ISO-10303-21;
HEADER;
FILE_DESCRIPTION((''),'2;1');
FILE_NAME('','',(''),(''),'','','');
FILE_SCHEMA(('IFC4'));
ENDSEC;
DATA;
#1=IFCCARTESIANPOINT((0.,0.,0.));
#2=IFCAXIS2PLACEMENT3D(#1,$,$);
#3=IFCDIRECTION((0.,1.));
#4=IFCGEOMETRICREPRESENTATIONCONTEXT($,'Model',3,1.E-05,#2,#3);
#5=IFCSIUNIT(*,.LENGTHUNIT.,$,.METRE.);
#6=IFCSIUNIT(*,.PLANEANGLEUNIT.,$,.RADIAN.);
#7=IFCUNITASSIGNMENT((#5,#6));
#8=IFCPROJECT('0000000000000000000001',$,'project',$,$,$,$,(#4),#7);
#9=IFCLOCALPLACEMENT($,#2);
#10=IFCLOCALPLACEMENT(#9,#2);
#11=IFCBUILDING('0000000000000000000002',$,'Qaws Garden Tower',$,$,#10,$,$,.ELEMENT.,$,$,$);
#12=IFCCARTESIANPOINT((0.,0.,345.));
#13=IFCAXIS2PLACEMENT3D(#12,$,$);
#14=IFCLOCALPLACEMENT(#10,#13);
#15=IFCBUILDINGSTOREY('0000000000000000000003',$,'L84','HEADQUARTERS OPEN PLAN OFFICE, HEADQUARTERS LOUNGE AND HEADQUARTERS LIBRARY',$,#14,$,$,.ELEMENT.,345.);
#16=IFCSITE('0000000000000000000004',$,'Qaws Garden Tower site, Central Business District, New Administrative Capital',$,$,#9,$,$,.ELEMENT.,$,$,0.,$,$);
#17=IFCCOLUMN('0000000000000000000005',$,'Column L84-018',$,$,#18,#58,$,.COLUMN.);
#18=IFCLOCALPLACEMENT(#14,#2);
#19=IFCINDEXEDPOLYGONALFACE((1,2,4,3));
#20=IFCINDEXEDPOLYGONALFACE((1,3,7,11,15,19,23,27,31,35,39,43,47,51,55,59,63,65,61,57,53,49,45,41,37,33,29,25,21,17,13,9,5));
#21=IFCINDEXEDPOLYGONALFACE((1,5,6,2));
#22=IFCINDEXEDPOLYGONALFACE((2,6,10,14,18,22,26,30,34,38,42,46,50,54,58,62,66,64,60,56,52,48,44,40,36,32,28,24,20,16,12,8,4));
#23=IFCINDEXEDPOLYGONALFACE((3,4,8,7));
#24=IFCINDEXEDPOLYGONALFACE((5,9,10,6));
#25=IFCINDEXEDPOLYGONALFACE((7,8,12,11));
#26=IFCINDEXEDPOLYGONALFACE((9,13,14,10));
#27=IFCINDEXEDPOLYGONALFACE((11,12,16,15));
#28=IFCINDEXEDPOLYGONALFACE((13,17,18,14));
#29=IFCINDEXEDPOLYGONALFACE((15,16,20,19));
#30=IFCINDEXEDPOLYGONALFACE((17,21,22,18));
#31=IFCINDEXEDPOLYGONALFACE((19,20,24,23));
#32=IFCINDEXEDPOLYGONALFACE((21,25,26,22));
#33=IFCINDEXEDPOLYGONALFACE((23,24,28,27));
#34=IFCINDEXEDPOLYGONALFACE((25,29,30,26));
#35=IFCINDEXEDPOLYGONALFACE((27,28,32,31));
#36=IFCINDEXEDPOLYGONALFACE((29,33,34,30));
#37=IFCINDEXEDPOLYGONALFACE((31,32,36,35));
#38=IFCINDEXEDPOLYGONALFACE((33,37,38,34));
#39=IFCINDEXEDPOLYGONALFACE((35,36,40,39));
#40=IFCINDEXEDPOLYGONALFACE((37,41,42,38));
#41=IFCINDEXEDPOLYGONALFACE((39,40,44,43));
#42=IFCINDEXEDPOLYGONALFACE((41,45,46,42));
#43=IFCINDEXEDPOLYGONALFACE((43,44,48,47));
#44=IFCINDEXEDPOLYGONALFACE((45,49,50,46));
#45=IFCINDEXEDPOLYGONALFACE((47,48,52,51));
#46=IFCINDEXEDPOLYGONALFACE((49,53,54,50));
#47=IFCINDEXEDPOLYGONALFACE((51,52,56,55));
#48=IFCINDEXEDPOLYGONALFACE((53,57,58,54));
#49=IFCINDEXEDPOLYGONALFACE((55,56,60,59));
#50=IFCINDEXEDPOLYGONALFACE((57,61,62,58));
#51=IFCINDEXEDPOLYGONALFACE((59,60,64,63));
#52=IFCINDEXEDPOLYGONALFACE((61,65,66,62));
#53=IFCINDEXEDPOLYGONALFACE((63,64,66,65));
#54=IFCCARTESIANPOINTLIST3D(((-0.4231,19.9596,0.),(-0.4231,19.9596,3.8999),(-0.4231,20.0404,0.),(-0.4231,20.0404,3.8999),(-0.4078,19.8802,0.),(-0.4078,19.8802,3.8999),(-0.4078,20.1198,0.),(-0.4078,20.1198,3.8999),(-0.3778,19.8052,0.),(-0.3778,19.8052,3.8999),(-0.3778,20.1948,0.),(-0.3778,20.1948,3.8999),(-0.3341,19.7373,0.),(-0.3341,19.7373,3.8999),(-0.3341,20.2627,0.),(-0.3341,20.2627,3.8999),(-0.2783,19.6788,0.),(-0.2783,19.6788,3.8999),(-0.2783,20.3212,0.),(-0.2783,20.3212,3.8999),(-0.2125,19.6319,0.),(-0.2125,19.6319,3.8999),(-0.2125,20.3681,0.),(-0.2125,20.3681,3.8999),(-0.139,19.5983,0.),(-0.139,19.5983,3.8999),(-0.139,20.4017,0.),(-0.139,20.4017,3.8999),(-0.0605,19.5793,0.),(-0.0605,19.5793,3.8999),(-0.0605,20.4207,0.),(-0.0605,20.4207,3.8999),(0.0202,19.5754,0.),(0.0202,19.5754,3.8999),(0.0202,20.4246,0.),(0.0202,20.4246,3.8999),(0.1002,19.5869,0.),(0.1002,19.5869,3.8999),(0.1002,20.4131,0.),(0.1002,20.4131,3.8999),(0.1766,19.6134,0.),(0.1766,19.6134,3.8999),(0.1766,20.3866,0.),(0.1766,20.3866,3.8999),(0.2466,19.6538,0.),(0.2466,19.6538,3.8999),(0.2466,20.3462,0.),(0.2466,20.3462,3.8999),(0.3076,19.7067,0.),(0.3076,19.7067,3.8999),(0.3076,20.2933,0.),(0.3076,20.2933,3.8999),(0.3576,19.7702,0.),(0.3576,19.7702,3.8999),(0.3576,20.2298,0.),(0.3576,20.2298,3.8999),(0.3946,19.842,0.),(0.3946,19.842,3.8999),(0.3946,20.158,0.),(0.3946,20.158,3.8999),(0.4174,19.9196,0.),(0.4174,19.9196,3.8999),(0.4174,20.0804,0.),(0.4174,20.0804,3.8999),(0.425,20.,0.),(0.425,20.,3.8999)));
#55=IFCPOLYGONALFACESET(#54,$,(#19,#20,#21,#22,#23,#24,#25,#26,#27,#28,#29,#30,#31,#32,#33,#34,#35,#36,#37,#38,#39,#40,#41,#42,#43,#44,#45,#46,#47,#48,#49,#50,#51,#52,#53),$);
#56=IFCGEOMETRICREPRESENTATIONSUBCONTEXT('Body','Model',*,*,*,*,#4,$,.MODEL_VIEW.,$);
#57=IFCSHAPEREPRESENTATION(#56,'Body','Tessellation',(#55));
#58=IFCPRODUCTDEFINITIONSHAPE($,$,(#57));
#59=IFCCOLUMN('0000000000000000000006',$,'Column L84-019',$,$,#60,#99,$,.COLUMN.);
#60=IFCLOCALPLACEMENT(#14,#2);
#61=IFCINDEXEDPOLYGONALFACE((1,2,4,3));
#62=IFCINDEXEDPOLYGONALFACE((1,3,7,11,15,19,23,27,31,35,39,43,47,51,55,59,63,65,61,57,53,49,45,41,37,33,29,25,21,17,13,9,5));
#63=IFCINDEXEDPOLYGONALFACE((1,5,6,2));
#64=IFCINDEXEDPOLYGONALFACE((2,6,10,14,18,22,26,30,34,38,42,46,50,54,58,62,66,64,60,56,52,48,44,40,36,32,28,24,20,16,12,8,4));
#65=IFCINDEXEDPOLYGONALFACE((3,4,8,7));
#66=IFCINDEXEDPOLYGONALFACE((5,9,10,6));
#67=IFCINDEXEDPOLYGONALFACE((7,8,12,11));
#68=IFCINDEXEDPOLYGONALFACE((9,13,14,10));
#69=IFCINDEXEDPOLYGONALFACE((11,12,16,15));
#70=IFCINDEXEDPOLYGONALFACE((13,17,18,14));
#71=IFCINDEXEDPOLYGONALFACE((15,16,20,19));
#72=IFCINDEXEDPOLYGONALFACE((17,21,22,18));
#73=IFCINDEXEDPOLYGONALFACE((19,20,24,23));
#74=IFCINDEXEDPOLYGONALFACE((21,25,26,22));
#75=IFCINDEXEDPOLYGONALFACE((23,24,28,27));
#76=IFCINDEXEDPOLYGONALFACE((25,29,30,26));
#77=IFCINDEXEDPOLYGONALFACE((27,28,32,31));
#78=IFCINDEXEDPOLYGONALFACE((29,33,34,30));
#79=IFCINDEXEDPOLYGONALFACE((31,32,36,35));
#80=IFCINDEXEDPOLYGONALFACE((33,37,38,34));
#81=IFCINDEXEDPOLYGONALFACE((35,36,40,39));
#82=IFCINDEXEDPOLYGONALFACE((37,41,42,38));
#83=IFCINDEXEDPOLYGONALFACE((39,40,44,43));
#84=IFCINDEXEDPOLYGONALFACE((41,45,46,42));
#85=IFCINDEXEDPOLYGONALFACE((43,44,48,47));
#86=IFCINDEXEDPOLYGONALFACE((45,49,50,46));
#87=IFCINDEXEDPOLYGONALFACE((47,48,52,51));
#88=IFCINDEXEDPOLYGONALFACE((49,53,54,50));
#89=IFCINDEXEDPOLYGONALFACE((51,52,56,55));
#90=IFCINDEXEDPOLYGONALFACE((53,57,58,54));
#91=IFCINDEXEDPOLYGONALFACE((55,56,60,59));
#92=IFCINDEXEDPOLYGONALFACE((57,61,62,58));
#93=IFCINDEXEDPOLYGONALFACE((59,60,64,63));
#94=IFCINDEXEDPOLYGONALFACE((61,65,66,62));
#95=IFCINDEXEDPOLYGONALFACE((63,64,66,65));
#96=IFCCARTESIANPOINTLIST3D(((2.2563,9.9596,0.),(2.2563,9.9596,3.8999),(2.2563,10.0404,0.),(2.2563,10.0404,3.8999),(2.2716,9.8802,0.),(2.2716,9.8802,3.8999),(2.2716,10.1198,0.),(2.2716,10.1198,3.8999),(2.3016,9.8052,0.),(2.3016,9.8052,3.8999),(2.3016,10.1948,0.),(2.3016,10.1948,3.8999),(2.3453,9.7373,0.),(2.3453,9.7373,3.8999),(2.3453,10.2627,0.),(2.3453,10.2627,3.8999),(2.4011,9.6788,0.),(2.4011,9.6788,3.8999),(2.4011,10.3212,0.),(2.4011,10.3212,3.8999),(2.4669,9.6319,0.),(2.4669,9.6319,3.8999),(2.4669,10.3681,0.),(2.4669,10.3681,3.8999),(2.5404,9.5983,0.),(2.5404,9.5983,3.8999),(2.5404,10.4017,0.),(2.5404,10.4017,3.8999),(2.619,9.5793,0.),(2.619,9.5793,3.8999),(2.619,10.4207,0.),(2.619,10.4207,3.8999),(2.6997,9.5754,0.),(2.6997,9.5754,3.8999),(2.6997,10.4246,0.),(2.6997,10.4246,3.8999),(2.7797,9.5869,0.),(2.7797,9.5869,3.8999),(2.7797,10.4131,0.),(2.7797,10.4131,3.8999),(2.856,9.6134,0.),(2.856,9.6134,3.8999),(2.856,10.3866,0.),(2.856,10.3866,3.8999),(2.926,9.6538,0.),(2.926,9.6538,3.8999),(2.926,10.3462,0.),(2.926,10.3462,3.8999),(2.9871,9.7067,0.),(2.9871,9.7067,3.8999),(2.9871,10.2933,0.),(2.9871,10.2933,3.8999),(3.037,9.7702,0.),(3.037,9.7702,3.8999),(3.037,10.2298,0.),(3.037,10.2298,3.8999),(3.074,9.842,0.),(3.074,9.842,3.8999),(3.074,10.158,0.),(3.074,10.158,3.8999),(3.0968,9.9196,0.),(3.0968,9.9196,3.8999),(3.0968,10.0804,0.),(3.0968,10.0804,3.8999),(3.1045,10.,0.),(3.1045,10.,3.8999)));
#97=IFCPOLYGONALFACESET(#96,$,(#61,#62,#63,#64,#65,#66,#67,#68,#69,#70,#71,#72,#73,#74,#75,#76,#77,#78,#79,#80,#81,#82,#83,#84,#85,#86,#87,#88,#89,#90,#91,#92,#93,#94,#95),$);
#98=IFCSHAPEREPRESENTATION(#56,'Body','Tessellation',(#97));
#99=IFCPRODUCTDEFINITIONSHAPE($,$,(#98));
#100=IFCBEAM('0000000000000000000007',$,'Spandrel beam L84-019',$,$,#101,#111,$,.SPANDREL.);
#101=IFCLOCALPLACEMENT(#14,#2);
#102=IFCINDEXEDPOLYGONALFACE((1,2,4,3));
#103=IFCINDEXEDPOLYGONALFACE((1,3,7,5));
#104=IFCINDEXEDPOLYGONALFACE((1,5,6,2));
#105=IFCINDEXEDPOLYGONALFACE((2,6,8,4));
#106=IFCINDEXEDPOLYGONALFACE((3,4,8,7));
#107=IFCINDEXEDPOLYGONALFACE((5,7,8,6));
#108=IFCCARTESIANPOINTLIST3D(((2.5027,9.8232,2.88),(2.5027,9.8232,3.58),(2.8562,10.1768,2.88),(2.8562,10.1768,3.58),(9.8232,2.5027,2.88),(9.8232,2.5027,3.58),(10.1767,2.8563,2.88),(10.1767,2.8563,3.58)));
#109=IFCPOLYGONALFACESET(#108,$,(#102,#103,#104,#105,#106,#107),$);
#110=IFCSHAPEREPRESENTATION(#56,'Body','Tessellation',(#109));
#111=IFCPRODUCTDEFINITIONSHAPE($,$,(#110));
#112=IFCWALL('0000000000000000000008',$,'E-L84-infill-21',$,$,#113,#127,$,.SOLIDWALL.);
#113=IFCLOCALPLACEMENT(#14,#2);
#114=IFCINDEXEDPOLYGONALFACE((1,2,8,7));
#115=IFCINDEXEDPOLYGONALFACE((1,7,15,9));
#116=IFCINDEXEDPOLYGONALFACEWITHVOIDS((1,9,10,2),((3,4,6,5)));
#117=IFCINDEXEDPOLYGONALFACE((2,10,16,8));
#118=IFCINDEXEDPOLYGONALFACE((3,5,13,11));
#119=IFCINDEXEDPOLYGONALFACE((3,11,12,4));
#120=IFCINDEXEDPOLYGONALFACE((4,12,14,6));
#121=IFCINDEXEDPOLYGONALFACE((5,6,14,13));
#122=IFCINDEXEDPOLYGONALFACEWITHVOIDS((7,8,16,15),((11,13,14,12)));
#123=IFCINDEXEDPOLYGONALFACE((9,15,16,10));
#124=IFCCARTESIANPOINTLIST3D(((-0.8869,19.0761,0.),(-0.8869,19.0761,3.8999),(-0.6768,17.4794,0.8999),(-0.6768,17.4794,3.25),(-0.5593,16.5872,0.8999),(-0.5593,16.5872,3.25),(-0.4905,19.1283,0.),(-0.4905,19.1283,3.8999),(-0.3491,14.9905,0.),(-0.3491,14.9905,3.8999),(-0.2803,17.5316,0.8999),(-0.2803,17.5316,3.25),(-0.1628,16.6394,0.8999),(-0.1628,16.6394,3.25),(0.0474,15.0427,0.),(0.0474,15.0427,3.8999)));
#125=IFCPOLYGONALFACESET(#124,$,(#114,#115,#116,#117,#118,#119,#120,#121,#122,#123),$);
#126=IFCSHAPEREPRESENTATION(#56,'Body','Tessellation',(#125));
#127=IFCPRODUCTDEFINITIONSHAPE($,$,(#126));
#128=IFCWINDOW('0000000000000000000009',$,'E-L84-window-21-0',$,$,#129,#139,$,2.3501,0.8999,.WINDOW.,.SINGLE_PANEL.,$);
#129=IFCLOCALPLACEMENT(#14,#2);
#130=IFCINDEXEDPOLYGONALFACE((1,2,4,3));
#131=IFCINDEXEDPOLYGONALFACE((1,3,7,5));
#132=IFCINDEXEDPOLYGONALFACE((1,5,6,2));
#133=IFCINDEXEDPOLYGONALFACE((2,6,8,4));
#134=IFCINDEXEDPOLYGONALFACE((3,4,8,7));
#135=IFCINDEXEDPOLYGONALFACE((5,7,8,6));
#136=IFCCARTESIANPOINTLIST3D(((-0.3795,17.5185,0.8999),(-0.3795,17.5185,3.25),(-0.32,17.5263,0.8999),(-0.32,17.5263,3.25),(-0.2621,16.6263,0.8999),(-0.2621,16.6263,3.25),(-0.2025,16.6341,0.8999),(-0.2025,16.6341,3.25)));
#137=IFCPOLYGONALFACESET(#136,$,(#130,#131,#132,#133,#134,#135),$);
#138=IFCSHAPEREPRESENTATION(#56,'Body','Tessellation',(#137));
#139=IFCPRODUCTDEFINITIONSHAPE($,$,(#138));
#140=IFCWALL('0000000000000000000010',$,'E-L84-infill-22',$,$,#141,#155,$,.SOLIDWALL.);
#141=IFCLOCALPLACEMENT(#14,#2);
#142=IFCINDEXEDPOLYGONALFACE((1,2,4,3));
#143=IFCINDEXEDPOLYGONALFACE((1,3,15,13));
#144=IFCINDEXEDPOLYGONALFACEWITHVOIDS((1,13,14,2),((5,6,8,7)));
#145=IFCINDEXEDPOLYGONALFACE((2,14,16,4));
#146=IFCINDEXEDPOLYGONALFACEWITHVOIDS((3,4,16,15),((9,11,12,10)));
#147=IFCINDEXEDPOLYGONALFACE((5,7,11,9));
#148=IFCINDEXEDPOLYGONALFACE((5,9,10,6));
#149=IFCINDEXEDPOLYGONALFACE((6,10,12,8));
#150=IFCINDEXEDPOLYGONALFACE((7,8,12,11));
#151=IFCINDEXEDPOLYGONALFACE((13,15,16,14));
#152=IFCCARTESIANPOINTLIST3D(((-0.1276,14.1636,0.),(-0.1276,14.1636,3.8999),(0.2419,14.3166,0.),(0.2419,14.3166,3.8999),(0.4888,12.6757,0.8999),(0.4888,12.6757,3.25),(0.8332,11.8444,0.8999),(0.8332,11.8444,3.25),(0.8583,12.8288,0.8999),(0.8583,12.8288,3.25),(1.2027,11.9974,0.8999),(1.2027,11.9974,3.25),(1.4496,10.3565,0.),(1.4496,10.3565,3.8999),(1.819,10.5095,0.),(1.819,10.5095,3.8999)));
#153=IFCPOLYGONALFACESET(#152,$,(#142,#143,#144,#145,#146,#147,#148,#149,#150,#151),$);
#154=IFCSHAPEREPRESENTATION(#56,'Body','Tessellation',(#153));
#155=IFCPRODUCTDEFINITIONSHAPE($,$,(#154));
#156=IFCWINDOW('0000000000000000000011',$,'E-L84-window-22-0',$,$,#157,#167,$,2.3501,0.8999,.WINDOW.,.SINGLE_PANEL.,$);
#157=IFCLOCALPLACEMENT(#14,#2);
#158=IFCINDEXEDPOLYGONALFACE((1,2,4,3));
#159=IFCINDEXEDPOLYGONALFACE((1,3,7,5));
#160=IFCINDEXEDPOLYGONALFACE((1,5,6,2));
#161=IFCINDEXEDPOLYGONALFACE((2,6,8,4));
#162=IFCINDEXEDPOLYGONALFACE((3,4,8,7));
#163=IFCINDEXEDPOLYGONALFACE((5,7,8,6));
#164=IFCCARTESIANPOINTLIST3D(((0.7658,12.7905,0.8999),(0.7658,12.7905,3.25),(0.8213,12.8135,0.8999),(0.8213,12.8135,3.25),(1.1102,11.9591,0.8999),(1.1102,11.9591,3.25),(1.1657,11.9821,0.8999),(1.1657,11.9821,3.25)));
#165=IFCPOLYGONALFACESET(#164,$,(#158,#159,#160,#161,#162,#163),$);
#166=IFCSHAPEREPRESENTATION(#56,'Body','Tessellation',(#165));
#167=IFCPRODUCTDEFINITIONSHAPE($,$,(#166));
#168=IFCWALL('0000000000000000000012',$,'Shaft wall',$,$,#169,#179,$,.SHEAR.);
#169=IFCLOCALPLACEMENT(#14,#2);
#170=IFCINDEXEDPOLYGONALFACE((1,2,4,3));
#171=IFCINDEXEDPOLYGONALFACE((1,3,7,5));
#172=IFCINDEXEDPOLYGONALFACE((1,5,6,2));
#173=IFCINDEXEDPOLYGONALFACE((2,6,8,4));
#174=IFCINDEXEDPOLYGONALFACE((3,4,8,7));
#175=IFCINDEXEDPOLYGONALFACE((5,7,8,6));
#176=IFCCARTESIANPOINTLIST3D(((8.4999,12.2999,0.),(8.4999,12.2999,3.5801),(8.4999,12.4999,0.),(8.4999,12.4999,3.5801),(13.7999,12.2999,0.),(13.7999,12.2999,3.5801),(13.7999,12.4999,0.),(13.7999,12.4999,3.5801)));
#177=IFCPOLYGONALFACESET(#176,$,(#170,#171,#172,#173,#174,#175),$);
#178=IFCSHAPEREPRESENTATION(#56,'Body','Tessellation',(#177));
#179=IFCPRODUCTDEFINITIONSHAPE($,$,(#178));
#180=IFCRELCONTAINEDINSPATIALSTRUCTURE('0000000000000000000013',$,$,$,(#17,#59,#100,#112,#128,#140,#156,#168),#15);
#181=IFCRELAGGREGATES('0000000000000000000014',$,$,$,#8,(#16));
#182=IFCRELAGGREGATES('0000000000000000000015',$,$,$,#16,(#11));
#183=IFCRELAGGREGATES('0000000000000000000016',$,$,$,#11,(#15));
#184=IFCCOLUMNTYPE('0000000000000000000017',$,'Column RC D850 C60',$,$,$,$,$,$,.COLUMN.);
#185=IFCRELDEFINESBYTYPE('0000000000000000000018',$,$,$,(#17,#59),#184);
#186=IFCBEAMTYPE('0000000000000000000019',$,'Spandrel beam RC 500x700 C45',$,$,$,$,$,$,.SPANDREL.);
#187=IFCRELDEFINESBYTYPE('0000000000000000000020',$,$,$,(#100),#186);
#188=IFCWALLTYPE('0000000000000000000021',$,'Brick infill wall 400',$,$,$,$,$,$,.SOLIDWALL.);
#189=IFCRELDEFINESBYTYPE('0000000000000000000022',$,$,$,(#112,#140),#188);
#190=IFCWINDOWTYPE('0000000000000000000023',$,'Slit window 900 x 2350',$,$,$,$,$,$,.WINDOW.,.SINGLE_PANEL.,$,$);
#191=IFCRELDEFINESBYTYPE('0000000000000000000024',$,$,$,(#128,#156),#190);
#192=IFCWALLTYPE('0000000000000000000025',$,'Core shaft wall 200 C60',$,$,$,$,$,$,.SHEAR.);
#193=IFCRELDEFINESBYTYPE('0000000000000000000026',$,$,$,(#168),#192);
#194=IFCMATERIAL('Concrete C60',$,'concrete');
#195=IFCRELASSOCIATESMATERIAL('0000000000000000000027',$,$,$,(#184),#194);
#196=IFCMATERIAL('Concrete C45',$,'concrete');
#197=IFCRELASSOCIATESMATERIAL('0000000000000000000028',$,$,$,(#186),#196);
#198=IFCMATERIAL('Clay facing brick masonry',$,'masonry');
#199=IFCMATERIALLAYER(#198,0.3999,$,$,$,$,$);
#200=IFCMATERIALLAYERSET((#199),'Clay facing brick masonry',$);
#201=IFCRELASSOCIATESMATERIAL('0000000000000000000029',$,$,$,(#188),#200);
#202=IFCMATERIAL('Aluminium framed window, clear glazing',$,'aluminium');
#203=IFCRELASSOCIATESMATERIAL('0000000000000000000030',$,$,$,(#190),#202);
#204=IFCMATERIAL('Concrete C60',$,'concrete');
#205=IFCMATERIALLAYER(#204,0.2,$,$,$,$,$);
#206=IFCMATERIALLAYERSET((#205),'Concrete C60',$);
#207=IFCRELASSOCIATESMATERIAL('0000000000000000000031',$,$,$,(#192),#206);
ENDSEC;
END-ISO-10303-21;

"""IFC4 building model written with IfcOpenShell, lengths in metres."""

from ifc_helpers import new_model, si_unit, direction, frame, frame_2d, origin, origin_2d, place, context, subcontext, project, spatial, rectangle, circle, extrude, material, layer, layer_set, material_profile, profile_set, type_object, element, fill, save


model = new_model("IFC4")

# Units and contexts
model_context = context("Model", 3, precision=1e-05, world=origin(), true_north=direction((0.0, 1.0)))
body_context = subcontext(model_context, "Body", "Model", "MODEL_VIEW")
ifc_project = project(units=[si_unit("LENGTHUNIT", "METRE"), si_unit("PLANEANGLEUNIT", "RADIAN")], contexts=[model_context])

# Site, building, storey
site_placement = place(None, origin())
site = spatial("IfcSite", under=ifc_project, at=site_placement, Name="Qaws Garden Tower site, Central Business District, New Administrative Capital", CompositionType="ELEMENT", RefElevation=0.0)
building_placement = place(site_placement, origin())
building = spatial("IfcBuilding", under=site, at=building_placement, Name="Qaws Garden Tower", CompositionType="ELEMENT")
storey_placement = place(building_placement, frame((0.0, 0.0, 345.0)))
storey = spatial("IfcBuildingStorey", under=building, at=storey_placement, Name="L84", Description="HEADQUARTERS OPEN PLAN OFFICE, HEADQUARTERS LOUNGE AND HEADQUARTERS LIBRARY", CompositionType="ELEMENT", Elevation=345.0)

# Columns
ifc_material_1 = material(Name="Concrete C60", Category="concrete")
ifc_material_profile_1 = material_profile(ifc_material_1, circle(Radius=0.425, at=origin_2d()), Name="RC D850")
ifc_profile_set_1 = profile_set([ifc_material_profile_1], Name="Concrete C60")
column_type = type_object("IfcColumnType", Name="Column RC D850 C60", PredefinedType="COLUMN", material=ifc_profile_set_1)
for number, where, z_axis, x_axis, name in (
    (1, (0.0, 20.0, 0.0), (0.0, 0.0, 1.0), (1.0, 0.0, 0.0), "Column L84-018"),
    (2, (2.6794, 10.0, 0.0), (0.0, 0.0, 1.0), (1.0, 0.0, 0.0), "Column L84-019"),
):
    element("IfcColumn", number, at=place(storey_placement, frame(where, z_axis=z_axis, x_axis=x_axis)), inside=storey, type_object=column_type, Name=name, PredefinedType="COLUMN", context=body_context, shape_type="SweptSolid", body=[
        extrude(circle(Radius=0.425, at=origin_2d()), origin(), (0.0, 0.0, 1.0), 3.8999),
    ])

# Beam
ifc_material_2 = material(Name="Concrete C45", Category="concrete")
ifc_material_profile_2 = material_profile(ifc_material_2, rectangle(XDim=0.5, YDim=0.7, at=origin_2d()), Name="RC 500x700")
ifc_profile_set_2 = profile_set([ifc_material_profile_2], Name="Concrete C45")
beam_type = type_object("IfcBeamType", Name="Spandrel beam RC 500x700 C45", PredefinedType="SPANDREL", material=ifc_profile_set_2)
beam_placement = place(storey_placement, frame((2.6794, 10.0, 3.23), z_axis=(0.707107, -0.707107, 0.0), x_axis=(0.707107, 0.707107, 0.0)))
element("IfcBeam", 3, at=beam_placement, inside=storey, type_object=beam_type, Name="Spandrel beam L84-019", PredefinedType="SPANDREL", context=body_context, shape_type="SweptSolid", body=[
    extrude(rectangle(XDim=0.5, YDim=0.7, at=origin_2d()), origin(), (0.0, 0.0, 1.0), 10.3528),
])

# Walls, openings, windows
ifc_material_3 = material(Name="Clay facing brick masonry", Category="masonry")
ifc_layer_1 = layer(ifc_material_3, 0.3999)
ifc_layer_set_1 = layer_set([ifc_layer_1], Name="Clay facing brick masonry")
wall_type_1 = type_object("IfcWallType", Name="Brick infill wall 400", PredefinedType="SOLIDWALL", material=ifc_layer_set_1)
wall_1_placement = place(storey_placement, frame((-0.6887, 19.1023, 0.0), z_axis=(0.0, 0.0, 1.0), x_axis=(0.130514, -0.991446, 0.0)))
wall_1 = element("IfcWall", 4, at=wall_1_placement, inside=storey, type_object=wall_type_1, Name="E-L84-infill-21", PredefinedType="SOLIDWALL", context=body_context, shape_type="SweptSolid", body=[
    extrude(rectangle(XDim=4.1208, YDim=0.3999, at=frame_2d((2.0605, 0.0))), origin(), (0.0, 0.0, 1.0), 3.8999),
])
opening_1_placement = place(wall_1_placement, frame((1.6106, 0.0, 0.8999)))
opening_1 = element("IfcOpeningElement", 5, at=opening_1_placement, cuts=wall_1, PredefinedType="OPENING", context=body_context, shape_type="SweptSolid", body=[
    extrude(rectangle(XDim=0.8999, YDim=2.3501, at=frame_2d((0.45, 1.175))), frame((0.0, 0.21, 0.0), z_axis=(0.0, -1.0, 0.0), x_axis=(1.0, 0.0, 0.0)), (0.0, 0.0, 1.0), 0.4199),
])
ifc_material_4 = material(Name="Aluminium framed window, clear glazing", Category="aluminium")
window_type = type_object("IfcWindowType", Name="Slit window 900 x 2350", PartitioningType="SINGLE_PANEL", PredefinedType="WINDOW", material=ifc_material_4)
window_1_placement = place(opening_1_placement, origin())
window_1 = element("IfcWindow", 6, at=window_1_placement, inside=storey, type_object=window_type, Name="E-L84-window-21-0", OverallHeight=2.3501, OverallWidth=0.8999, PartitioningType="SINGLE_PANEL", PredefinedType="WINDOW", context=body_context, shape_type="SweptSolid", body=[
    extrude(rectangle(XDim=0.8999, YDim=2.3501, at=frame_2d((0.45, 1.175))), frame((0.0, 0.1599, 0.0), z_axis=(0.0, -1.0, 0.0), x_axis=(1.0, 0.0, 0.0)), (0.0, 0.0, 1.0), 0.0601),
])
fill(opening_1, window_1)
wall_2_placement = place(storey_placement, frame((0.0571, 14.2402, 0.0), z_axis=(0.0, 0.0, 1.0), x_axis=(0.382722, -0.923864, 0.0)))
wall_2 = element("IfcWall", 7, at=wall_2_placement, inside=storey, type_object=wall_type_1, Name="E-L84-infill-22", PredefinedType="SOLIDWALL", context=body_context, shape_type="SweptSolid", body=[
    extrude(rectangle(XDim=4.1208, YDim=0.3999, at=frame_2d((2.0605, 0.0))), origin(), (0.0, 0.0, 1.0), 3.8999),
])
opening_2_placement = place(wall_2_placement, frame((1.6106, 0.0, 0.8999)))
opening_2 = element("IfcOpeningElement", 8, at=opening_2_placement, cuts=wall_2, PredefinedType="OPENING", context=body_context, shape_type="SweptSolid", body=[
    extrude(rectangle(XDim=0.8999, YDim=2.3501, at=frame_2d((0.45, 1.175))), frame((0.0, 0.21, 0.0), z_axis=(0.0, -1.0, 0.0), x_axis=(1.0, 0.0, 0.0)), (0.0, 0.0, 1.0), 0.4199),
])
window_2_placement = place(opening_2_placement, origin())
window_2 = element("IfcWindow", 9, at=window_2_placement, inside=storey, type_object=window_type, Name="E-L84-window-22-0", OverallHeight=2.3501, OverallWidth=0.8999, PartitioningType="SINGLE_PANEL", PredefinedType="WINDOW", context=body_context, shape_type="SweptSolid", body=[
    extrude(rectangle(XDim=0.8999, YDim=2.3501, at=frame_2d((0.45, 1.175))), frame((0.0, 0.1599, 0.0), z_axis=(0.0, -1.0, 0.0), x_axis=(1.0, 0.0, 0.0)), (0.0, 0.0, 1.0), 0.0601),
])
fill(opening_2, window_2)

# Wall
ifc_material_5 = material(Name="Concrete C60", Category="concrete")
ifc_layer_2 = layer(ifc_material_5, 0.2)
ifc_layer_set_2 = layer_set([ifc_layer_2], Name="Concrete C60")
wall_type_2 = type_object("IfcWallType", Name="Core shaft wall 200 C60", PredefinedType="SHEAR", material=ifc_layer_set_2)
wall_3_placement = place(storey_placement, frame((8.5, 12.3999, 0.0), z_axis=(0.0, 0.0, 1.0), x_axis=(1.0, 0.0, 0.0)))
element("IfcWall", 10, at=wall_3_placement, inside=storey, type_object=wall_type_2, Name="Shaft wall", PredefinedType="SHEAR", context=body_context, shape_type="SweptSolid", body=[
    extrude(rectangle(XDim=5.3, YDim=0.2, at=frame_2d((2.6499, 0.0))), origin(), (0.0, 0.0, 1.0), 3.5801),
])

save(model, "model.ifc")
